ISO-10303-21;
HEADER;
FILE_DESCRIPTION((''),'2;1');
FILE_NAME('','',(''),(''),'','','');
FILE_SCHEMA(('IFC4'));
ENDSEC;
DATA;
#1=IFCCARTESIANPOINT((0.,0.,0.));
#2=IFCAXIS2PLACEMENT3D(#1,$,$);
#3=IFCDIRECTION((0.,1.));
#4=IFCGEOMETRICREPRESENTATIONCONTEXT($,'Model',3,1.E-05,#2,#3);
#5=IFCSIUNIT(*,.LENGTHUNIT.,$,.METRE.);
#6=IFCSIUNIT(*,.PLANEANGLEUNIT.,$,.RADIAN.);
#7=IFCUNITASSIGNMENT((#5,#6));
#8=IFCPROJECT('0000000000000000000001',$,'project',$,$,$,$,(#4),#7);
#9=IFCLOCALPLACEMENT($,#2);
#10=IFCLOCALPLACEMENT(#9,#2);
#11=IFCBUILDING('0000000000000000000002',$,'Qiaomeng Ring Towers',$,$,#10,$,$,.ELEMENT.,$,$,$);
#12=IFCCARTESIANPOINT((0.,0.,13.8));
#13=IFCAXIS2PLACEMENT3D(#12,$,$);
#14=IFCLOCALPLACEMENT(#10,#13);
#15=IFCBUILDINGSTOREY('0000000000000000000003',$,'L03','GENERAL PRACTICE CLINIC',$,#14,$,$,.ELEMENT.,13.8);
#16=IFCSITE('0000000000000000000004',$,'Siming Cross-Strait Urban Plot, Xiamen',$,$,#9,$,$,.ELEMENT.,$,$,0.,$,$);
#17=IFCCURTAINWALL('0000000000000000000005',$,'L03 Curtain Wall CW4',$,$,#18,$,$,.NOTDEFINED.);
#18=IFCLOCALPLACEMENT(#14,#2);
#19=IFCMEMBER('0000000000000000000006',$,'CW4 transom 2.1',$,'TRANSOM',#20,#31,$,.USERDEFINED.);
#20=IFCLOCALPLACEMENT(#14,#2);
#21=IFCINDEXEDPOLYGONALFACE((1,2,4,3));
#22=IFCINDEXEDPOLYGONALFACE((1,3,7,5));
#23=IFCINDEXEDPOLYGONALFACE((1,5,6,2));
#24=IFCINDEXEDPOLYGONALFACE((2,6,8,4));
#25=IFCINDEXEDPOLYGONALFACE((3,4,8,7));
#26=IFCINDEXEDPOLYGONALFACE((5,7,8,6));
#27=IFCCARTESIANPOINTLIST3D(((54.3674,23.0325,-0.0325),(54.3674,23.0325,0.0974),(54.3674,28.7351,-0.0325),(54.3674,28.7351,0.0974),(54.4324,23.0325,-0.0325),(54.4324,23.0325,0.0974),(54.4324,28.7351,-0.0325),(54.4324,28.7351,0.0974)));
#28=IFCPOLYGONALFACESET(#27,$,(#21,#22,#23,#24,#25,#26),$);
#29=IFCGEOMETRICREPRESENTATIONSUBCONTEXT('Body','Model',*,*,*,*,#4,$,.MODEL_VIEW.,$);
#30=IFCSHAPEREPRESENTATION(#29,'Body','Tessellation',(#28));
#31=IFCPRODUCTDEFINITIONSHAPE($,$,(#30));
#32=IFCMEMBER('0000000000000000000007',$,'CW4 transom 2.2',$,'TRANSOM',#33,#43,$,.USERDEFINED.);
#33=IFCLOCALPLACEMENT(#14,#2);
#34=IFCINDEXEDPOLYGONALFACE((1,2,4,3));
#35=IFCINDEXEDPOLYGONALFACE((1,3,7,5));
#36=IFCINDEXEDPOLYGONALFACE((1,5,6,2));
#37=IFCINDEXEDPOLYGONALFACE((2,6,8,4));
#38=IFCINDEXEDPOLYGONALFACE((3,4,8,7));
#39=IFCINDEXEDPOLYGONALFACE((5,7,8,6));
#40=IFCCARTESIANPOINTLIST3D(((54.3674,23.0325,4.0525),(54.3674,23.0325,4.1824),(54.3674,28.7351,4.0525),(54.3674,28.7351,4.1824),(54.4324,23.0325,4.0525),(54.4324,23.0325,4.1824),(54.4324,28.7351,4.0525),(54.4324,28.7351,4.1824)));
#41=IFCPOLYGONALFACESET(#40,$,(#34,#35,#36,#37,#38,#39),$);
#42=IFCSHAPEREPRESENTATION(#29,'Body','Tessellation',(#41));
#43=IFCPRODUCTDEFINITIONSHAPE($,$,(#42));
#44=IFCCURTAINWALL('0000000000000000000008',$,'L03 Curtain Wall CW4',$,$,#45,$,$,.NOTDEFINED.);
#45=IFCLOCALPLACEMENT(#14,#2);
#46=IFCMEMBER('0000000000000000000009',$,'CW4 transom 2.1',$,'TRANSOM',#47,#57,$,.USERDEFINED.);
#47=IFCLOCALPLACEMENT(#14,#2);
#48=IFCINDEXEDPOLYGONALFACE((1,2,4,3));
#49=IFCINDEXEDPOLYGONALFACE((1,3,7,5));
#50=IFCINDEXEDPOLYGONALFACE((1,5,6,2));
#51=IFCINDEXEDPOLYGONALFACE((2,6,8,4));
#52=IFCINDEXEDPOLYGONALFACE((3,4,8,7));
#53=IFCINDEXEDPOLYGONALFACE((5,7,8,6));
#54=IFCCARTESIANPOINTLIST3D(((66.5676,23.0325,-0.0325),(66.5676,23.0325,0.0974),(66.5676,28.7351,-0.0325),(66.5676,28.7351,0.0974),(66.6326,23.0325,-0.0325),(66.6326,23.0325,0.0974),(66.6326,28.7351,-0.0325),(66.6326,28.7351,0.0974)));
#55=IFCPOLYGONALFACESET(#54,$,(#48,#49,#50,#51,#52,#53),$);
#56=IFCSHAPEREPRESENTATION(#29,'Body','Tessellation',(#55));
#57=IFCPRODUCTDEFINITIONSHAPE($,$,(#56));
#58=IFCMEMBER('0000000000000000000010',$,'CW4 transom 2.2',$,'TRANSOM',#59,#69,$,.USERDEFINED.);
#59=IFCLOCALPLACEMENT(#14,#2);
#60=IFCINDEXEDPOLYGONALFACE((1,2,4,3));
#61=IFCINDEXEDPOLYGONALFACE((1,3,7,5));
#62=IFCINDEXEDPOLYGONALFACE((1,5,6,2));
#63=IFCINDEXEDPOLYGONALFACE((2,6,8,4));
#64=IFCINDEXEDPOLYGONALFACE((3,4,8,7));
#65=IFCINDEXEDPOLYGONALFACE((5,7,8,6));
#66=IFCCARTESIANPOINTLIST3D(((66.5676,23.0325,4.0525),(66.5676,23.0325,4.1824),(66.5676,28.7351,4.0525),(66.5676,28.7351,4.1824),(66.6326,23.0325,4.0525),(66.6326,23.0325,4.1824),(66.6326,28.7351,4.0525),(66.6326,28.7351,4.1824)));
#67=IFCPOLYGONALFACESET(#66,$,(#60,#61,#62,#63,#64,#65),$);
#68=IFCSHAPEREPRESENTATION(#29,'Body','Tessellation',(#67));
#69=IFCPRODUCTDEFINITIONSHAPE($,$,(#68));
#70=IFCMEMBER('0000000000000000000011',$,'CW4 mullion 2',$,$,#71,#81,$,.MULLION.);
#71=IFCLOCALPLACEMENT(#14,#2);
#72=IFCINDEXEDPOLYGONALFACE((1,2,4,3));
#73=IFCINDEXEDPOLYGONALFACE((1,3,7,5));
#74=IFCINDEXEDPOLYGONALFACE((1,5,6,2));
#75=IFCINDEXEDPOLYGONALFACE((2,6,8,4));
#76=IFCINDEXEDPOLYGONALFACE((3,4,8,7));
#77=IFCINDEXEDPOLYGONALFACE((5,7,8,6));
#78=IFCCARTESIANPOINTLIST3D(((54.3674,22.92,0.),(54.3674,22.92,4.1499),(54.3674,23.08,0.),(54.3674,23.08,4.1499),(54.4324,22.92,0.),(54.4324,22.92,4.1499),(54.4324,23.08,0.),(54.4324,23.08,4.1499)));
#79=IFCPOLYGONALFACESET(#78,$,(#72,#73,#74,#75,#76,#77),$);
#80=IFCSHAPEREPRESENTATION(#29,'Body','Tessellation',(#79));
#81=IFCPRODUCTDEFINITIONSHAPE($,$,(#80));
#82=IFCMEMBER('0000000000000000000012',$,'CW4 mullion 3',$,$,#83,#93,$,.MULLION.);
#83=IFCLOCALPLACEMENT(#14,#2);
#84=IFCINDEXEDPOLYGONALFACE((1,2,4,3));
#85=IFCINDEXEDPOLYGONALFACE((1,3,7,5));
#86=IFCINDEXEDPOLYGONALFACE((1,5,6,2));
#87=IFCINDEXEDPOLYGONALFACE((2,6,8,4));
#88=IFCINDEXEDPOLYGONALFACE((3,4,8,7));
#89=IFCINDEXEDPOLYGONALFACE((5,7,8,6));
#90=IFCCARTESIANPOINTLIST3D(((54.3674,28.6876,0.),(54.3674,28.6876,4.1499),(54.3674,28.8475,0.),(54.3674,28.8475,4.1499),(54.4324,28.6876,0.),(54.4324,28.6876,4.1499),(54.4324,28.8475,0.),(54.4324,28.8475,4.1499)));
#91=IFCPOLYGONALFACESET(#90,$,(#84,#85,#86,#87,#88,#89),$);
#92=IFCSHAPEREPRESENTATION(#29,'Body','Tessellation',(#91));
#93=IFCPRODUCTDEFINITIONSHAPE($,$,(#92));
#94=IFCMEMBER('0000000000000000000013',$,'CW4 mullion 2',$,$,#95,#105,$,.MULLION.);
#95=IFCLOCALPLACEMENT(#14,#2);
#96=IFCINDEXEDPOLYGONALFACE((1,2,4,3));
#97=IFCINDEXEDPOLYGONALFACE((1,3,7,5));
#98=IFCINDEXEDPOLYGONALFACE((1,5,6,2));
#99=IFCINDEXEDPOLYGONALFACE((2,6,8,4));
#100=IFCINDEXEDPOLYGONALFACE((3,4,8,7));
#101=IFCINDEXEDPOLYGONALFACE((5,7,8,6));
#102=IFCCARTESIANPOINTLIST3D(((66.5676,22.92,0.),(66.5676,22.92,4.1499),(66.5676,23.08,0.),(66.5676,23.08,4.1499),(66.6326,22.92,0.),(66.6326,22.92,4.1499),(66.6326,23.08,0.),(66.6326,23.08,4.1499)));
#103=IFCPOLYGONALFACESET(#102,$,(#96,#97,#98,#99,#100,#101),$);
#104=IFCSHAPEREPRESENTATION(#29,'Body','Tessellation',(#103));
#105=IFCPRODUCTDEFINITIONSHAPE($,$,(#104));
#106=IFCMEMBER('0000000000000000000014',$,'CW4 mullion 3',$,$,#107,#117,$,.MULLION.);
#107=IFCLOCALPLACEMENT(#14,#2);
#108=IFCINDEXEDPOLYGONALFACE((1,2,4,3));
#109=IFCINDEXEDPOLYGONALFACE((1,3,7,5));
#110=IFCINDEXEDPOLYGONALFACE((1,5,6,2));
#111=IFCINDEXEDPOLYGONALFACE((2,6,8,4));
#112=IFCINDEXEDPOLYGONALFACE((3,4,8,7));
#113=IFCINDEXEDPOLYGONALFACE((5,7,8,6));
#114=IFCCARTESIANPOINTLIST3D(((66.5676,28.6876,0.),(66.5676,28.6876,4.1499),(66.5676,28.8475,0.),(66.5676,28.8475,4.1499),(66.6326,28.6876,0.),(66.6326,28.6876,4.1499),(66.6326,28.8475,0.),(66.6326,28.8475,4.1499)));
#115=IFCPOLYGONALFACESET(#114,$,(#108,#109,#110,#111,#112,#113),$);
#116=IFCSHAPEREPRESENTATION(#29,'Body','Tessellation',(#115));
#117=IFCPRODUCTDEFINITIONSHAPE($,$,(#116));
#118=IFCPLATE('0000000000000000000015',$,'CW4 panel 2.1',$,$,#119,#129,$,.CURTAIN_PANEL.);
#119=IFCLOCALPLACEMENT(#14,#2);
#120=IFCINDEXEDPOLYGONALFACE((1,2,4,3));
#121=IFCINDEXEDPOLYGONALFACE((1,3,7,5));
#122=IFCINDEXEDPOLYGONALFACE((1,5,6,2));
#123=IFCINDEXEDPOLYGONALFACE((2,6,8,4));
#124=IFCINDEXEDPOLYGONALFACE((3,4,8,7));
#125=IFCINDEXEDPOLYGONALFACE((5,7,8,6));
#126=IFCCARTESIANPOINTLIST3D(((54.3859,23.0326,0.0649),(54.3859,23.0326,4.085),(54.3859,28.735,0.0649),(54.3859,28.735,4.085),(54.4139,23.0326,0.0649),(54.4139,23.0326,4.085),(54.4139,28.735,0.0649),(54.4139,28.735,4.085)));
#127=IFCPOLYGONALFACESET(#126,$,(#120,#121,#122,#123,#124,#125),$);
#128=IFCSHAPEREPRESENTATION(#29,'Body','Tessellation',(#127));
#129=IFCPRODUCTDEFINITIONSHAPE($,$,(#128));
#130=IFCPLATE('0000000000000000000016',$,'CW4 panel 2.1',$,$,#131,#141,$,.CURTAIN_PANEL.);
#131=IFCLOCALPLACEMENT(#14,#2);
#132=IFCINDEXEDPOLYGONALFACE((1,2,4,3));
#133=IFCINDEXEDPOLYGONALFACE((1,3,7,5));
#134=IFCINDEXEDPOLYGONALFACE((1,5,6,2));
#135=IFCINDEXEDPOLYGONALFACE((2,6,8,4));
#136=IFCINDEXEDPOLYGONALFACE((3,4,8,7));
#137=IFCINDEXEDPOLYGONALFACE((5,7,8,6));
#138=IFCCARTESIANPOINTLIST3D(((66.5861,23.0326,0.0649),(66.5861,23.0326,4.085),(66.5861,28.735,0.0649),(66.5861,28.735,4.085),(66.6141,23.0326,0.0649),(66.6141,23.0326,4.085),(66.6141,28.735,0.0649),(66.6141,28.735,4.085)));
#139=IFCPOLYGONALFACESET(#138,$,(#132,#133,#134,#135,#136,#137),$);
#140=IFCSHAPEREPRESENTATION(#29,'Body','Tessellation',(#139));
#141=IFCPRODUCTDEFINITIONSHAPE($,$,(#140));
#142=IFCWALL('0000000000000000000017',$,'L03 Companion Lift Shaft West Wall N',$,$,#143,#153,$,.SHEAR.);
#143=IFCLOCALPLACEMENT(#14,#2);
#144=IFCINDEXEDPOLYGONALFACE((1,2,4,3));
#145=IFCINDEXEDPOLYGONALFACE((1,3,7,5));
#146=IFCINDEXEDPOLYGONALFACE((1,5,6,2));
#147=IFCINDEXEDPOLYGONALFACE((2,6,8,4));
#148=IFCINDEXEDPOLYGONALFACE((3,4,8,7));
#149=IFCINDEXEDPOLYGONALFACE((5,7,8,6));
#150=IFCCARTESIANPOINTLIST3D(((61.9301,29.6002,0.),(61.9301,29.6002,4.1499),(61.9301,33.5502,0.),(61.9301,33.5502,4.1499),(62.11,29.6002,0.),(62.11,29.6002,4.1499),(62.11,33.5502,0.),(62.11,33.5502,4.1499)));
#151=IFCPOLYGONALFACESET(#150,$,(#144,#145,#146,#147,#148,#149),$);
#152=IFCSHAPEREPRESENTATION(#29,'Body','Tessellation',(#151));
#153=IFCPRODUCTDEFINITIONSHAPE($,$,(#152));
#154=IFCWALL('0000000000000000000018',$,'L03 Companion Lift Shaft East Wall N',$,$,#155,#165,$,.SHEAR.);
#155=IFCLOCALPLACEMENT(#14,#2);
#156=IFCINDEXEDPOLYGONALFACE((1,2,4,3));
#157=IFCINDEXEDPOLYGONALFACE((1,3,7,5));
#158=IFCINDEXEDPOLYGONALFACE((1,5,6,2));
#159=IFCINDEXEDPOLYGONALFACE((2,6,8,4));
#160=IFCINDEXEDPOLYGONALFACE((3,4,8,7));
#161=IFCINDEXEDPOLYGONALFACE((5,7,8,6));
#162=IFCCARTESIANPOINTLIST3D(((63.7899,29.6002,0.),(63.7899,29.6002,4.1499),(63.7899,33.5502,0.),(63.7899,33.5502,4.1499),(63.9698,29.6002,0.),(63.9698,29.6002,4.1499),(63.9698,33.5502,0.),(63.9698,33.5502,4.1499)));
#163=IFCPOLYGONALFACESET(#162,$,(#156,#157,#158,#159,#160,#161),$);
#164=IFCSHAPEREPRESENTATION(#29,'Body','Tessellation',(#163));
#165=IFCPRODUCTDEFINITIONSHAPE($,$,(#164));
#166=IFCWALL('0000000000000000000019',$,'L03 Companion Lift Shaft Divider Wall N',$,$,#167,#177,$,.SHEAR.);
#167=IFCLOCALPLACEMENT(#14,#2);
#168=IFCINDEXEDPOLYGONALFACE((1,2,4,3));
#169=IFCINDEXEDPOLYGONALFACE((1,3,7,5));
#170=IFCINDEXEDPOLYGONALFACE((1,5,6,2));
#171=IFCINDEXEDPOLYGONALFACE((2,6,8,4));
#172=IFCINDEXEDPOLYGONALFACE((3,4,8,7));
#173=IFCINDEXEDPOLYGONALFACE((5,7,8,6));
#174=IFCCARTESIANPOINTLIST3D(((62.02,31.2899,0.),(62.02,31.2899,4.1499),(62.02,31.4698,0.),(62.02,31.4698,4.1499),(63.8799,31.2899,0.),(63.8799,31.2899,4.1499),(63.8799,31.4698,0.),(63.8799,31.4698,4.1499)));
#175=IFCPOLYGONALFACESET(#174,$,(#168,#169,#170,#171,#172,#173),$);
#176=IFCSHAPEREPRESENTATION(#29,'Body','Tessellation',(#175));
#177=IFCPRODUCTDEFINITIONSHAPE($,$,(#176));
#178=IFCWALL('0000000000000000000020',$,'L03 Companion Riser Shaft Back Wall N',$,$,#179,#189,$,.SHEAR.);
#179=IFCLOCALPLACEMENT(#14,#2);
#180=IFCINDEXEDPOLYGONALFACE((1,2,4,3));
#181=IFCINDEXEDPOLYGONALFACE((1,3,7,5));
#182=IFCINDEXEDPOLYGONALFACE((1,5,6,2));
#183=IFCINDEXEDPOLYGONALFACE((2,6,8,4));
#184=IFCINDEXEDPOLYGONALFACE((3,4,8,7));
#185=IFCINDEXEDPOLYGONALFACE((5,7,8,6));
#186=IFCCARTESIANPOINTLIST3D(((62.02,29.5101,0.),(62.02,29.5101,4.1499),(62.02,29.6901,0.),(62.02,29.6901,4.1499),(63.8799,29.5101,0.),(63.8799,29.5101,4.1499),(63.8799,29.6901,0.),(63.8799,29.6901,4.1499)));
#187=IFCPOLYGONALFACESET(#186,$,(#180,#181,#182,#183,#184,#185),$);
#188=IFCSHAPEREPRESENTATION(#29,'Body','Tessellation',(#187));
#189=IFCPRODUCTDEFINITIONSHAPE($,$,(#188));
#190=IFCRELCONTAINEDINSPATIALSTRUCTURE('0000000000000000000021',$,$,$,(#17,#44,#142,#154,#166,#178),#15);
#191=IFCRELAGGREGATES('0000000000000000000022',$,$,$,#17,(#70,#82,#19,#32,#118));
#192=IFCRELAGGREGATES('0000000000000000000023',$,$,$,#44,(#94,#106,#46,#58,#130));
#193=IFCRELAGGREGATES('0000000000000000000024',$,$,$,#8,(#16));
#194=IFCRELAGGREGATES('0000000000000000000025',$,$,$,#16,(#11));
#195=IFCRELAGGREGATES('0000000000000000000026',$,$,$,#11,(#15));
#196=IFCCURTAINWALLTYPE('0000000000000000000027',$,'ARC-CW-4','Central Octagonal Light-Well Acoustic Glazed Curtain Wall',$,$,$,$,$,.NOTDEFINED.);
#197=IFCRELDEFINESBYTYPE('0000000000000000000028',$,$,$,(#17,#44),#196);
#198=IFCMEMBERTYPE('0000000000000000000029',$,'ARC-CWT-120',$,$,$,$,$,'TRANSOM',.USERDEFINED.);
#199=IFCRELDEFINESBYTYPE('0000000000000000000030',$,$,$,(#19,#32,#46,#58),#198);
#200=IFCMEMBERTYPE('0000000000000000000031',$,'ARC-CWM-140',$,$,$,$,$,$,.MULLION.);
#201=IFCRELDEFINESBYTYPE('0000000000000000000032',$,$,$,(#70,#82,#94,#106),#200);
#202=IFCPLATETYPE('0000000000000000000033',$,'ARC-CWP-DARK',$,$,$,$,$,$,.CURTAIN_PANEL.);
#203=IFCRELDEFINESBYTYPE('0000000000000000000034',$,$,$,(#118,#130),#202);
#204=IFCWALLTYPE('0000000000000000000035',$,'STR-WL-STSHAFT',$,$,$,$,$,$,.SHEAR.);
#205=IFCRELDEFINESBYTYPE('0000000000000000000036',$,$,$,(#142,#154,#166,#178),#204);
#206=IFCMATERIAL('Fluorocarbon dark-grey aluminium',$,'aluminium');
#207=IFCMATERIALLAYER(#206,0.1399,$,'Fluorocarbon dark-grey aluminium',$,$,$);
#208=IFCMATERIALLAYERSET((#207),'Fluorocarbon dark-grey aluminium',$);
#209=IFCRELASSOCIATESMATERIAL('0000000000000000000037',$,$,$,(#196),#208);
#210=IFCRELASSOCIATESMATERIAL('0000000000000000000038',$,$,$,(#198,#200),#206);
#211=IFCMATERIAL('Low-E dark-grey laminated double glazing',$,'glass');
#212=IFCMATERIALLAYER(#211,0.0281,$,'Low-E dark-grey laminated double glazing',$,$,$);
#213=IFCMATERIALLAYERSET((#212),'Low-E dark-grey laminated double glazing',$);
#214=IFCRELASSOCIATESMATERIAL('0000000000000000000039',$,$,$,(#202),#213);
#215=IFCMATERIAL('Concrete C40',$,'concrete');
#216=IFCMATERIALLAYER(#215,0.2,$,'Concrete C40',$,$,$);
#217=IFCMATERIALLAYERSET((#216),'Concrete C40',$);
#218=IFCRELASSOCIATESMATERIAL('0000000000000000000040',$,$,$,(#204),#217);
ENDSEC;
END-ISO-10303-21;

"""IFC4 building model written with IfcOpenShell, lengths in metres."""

from ifc_helpers import new_model, si_unit, direction, frame, frame_2d, origin, origin_2d, place, context, subcontext, project, spatial, rectangle, extrude, source, transform, mapped, material, layer, layer_set, material_profile, profile_set, type_object, element, aggregate, save


model = new_model("IFC4")

# Units and contexts
model_context = context("Model", 3, precision=1e-05, world=origin(), true_north=direction((0.0, 1.0)))
body_context = subcontext(model_context, "Body", "Model", "MODEL_VIEW")
ifc_project = project(units=[si_unit("LENGTHUNIT", "METRE"), si_unit("PLANEANGLEUNIT", "RADIAN")], contexts=[model_context])

# Site, building, storey
site_placement = place(None, origin())
site = spatial("IfcSite", under=ifc_project, at=site_placement, Name="Siming Cross-Strait Urban Plot, Xiamen", CompositionType="ELEMENT", RefElevation=0.0)
building_placement = place(site_placement, origin())
building = spatial("IfcBuilding", under=site, at=building_placement, Name="Qiaomeng Ring Towers", CompositionType="ELEMENT")
storey_placement = place(building_placement, frame((0.0, 0.0, 13.8)))
storey = spatial("IfcBuildingStorey", under=building, at=storey_placement, Name="L03", Description="GENERAL PRACTICE CLINIC", CompositionType="ELEMENT", Elevation=13.8)

# Curtain walls, members
ifc_material_1 = material(Name="Fluorocarbon dark-grey aluminium", Category="aluminium")
ifc_layer_1 = layer(ifc_material_1, 0.1399, Name="Fluorocarbon dark-grey aluminium")
ifc_layer_set_1 = layer_set([ifc_layer_1], Name="Fluorocarbon dark-grey aluminium")
curtain_wall_type = type_object("IfcCurtainWallType", Name="ARC-CW-4", Description="Central Octagonal Light-Well Acoustic Glazed Curtain Wall", PredefinedType="NOTDEFINED", material=ifc_layer_set_1)
curtain_wall_1_placement = place(storey_placement, origin())
curtain_wall_1 = element("IfcCurtainWall", 1, at=curtain_wall_1_placement, inside=storey, type_object=curtain_wall_type, Name="L03 Curtain Wall CW4", PredefinedType="NOTDEFINED")
ifc_material_profile_1 = material_profile(ifc_material_1, rectangle(XDim=0.0649, YDim=0.1299, at=origin_2d()), Name="ALU TRAN 65x130")
ifc_profile_set_1 = profile_set([ifc_material_profile_1], Name="Fluorocarbon dark-grey aluminium")
member_type_1 = type_object("IfcMemberType", Name="ARC-CWT-120", ElementType="TRANSOM", PredefinedType="USERDEFINED", material=ifc_profile_set_1)
shared_shape_1 = source(origin(), body_context, "Body", "SweptSolid", [
    extrude(rectangle(XDim=0.0649, YDim=0.1299, at=origin_2d()), origin(), (0.0, 0.0, 1.0), 5.7026),
])
member_1_placement = place(storey_placement, frame((54.3999, 23.0325, 0.0325), z_axis=(0.0, 1.0, 0.0), x_axis=(-1.0, 0.0, 0.0)))
member_1 = element("IfcMember", 2, at=member_1_placement, type_object=member_type_1, Name="CW4 transom 2.1", ObjectType="TRANSOM", PredefinedType="USERDEFINED", context=body_context, shape_type="MappedRepresentation", body=[
    mapped(shared_shape_1, transform((0.0, 0.0, 0.0), x_axis=(1.0, 0.0, 0.0), y_axis=(0.0, 1.0, 0.0), z_axis=(0.0, 0.0, 1.0), scale=1.0)),
])
member_2_placement = place(storey_placement, frame((54.3999, 23.0325, 4.1174), z_axis=(0.0, 1.0, 0.0), x_axis=(-1.0, 0.0, 0.0)))
member_2 = element("IfcMember", 3, at=member_2_placement, type_object=member_type_1, Name="CW4 transom 2.2", ObjectType="TRANSOM", PredefinedType="USERDEFINED", context=body_context, shape_type="MappedRepresentation", body=[
    mapped(shared_shape_1, transform((0.0, 0.0, 0.0), x_axis=(1.0, 0.0, 0.0), y_axis=(0.0, 1.0, 0.0), z_axis=(0.0, 0.0, 1.0), scale=1.0)),
])
curtain_wall_2_placement = place(storey_placement, origin())
curtain_wall_2 = element("IfcCurtainWall", 4, at=curtain_wall_2_placement, inside=storey, type_object=curtain_wall_type, Name="L03 Curtain Wall CW4", PredefinedType="NOTDEFINED")
member_3_placement = place(storey_placement, frame((66.6001, 23.0325, 0.0325), z_axis=(0.0, 1.0, 0.0), x_axis=(-1.0, 0.0, 0.0)))
member_3 = element("IfcMember", 5, at=member_3_placement, type_object=member_type_1, Name="CW4 transom 2.1", ObjectType="TRANSOM", PredefinedType="USERDEFINED", context=body_context, shape_type="MappedRepresentation", body=[
    mapped(shared_shape_1, transform((0.0, 0.0, 0.0), x_axis=(1.0, 0.0, 0.0), y_axis=(0.0, 1.0, 0.0), z_axis=(0.0, 0.0, 1.0), scale=1.0)),
])
member_4_placement = place(storey_placement, frame((66.6001, 23.0325, 4.1174), z_axis=(0.0, 1.0, 0.0), x_axis=(-1.0, 0.0, 0.0)))
member_4 = element("IfcMember", 6, at=member_4_placement, type_object=member_type_1, Name="CW4 transom 2.2", ObjectType="TRANSOM", PredefinedType="USERDEFINED", context=body_context, shape_type="MappedRepresentation", body=[
    mapped(shared_shape_1, transform((0.0, 0.0, 0.0), x_axis=(1.0, 0.0, 0.0), y_axis=(0.0, 1.0, 0.0), z_axis=(0.0, 0.0, 1.0), scale=1.0)),
])

# Members
ifc_material_profile_2 = material_profile(ifc_material_1, rectangle(XDim=0.0649, YDim=0.1599, at=origin_2d()), Name="ALU MULL 65x160")
ifc_profile_set_2 = profile_set([ifc_material_profile_2], Name="Fluorocarbon dark-grey aluminium")
member_type_2 = type_object("IfcMemberType", Name="ARC-CWM-140", PredefinedType="MULLION", material=ifc_profile_set_2)
shared_shape_2 = source(origin(), body_context, "Body", "SweptSolid", [
    extrude(rectangle(XDim=0.0649, YDim=0.1599, at=origin_2d()), origin(), (0.0, 0.0, 1.0), 4.1499),
])
member_5_placement = place(storey_placement, frame((54.3999, 23.0, 0.0), z_axis=(0.0, 0.0, 1.0), x_axis=(-1.0, 0.0, 0.0)))
member_5 = element("IfcMember", 7, at=member_5_placement, type_object=member_type_2, Name="CW4 mullion 2", PredefinedType="MULLION", context=body_context, shape_type="MappedRepresentation", body=[
    mapped(shared_shape_2, transform((0.0, 0.0, 0.0), x_axis=(1.0, 0.0, 0.0), y_axis=(0.0, 1.0, 0.0), z_axis=(0.0, 0.0, 1.0), scale=1.0)),
])
member_6_placement = place(storey_placement, frame((54.3999, 28.7676, 0.0), z_axis=(0.0, 0.0, 1.0), x_axis=(-1.0, 0.0, 0.0)))
member_6 = element("IfcMember", 8, at=member_6_placement, type_object=member_type_2, Name="CW4 mullion 3", PredefinedType="MULLION", context=body_context, shape_type="MappedRepresentation", body=[
    mapped(shared_shape_2, transform((0.0, 0.0, 0.0), x_axis=(1.0, 0.0, 0.0), y_axis=(0.0, 1.0, 0.0), z_axis=(0.0, 0.0, 1.0), scale=1.0)),
])
member_7_placement = place(storey_placement, frame((66.6001, 23.0, 0.0), z_axis=(0.0, 0.0, 1.0), x_axis=(-1.0, 0.0, 0.0)))
member_7 = element("IfcMember", 9, at=member_7_placement, type_object=member_type_2, Name="CW4 mullion 2", PredefinedType="MULLION", context=body_context, shape_type="MappedRepresentation", body=[
    mapped(shared_shape_2, transform((0.0, 0.0, 0.0), x_axis=(1.0, 0.0, 0.0), y_axis=(0.0, 1.0, 0.0), z_axis=(0.0, 0.0, 1.0), scale=1.0)),
])
member_8_placement = place(storey_placement, frame((66.6001, 28.7676, 0.0), z_axis=(0.0, 0.0, 1.0), x_axis=(-1.0, 0.0, 0.0)))
member_8 = element("IfcMember", 10, at=member_8_placement, type_object=member_type_2, Name="CW4 mullion 3", PredefinedType="MULLION", context=body_context, shape_type="MappedRepresentation", body=[
    mapped(shared_shape_2, transform((0.0, 0.0, 0.0), x_axis=(1.0, 0.0, 0.0), y_axis=(0.0, 1.0, 0.0), z_axis=(0.0, 0.0, 1.0), scale=1.0)),
])

# Plates
ifc_material_2 = material(Name="Low-E dark-grey laminated double glazing", Category="glass")
ifc_layer_2 = layer(ifc_material_2, 0.0281, Name="Low-E dark-grey laminated double glazing")
ifc_layer_set_2 = layer_set([ifc_layer_2], Name="Low-E dark-grey laminated double glazing")
plate_type = type_object("IfcPlateType", Name="ARC-CWP-DARK", PredefinedType="CURTAIN_PANEL", material=ifc_layer_set_2)
shared_shape_3 = source(origin(), body_context, "Body", "SweptSolid", [
    extrude(rectangle(XDim=5.7024, YDim=0.0281, at=origin_2d()), origin(), (0.0, 0.0, 1.0), 4.02),
])
plate_1_placement = place(storey_placement, frame((54.3999, 25.8838, 0.0649), z_axis=(0.0, 0.0, 1.0), x_axis=(0.0, 1.0, 0.0)))
plate_1 = element("IfcPlate", 11, at=plate_1_placement, type_object=plate_type, Name="CW4 panel 2.1", PredefinedType="CURTAIN_PANEL", context=body_context, shape_type="MappedRepresentation", body=[
    mapped(shared_shape_3, transform((0.0, 0.0, 0.0), x_axis=(1.0, 0.0, 0.0), y_axis=(0.0, 1.0, 0.0), z_axis=(0.0, 0.0, 1.0), scale=1.0)),
])
aggregate(curtain_wall_1, [member_5, member_6, member_1, member_2, plate_1])
plate_2_placement = place(storey_placement, frame((66.6001, 25.8838, 0.0649), z_axis=(0.0, 0.0, 1.0), x_axis=(0.0, 1.0, 0.0)))
plate_2 = element("IfcPlate", 12, at=plate_2_placement, type_object=plate_type, Name="CW4 panel 2.1", PredefinedType="CURTAIN_PANEL", context=body_context, shape_type="MappedRepresentation", body=[
    mapped(shared_shape_3, transform((0.0, 0.0, 0.0), x_axis=(1.0, 0.0, 0.0), y_axis=(0.0, 1.0, 0.0), z_axis=(0.0, 0.0, 1.0), scale=1.0)),
])
aggregate(curtain_wall_2, [member_7, member_8, member_3, member_4, plate_2])

# Walls
ifc_material_3 = material(Name="Concrete C40", Category="concrete")
ifc_layer_3 = layer(ifc_material_3, 0.2, Name="Concrete C40")
ifc_layer_set_3 = layer_set([ifc_layer_3], Name="Concrete C40")
wall_type_1 = type_object("IfcWallType", Name="STR-WL-STSHAFT", PredefinedType="SHEAR", material=ifc_layer_set_3)
for number, where, z_axis, x_axis, name in (
    (13, (62.02, 29.6001, 0.0), (0.0, 0.0, 1.0), (0.0, 1.0, 0.0), "L03 Companion Lift Shaft West Wall N"),
    (14, (63.8799, 29.6001, 0.0), (0.0, 0.0, 1.0), (0.0, 1.0, 0.0), "L03 Companion Lift Shaft East Wall N"),
):
    element("IfcWall", number, at=place(storey_placement, frame(where, z_axis=z_axis, x_axis=x_axis)), inside=storey, type_object=wall_type_1, Name=name, PredefinedType="SHEAR", context=body_context, shape_type="SweptSolid", body=[
        extrude(rectangle(XDim=3.95, YDim=0.1799, at=frame_2d((1.9751, 0.0))), origin(), (0.0, 0.0, 1.0), 4.1499),
    ])
for number, where, z_axis, x_axis, name in (
    (15, (62.02, 31.3799, 0.0), (0.0, 0.0, 1.0), (1.0, 0.0, 0.0), "L03 Companion Lift Shaft Divider Wall N"),
    (16, (62.02, 29.6001, 0.0), (0.0, 0.0, 1.0), (1.0, 0.0, 0.0), "L03 Companion Riser Shaft Back Wall N"),
):
    element("IfcWall", number, at=place(storey_placement, frame(where, z_axis=z_axis, x_axis=x_axis)), inside=storey, type_object=wall_type_1, Name=name, PredefinedType="SHEAR", context=body_context, shape_type="SweptSolid", body=[
        extrude(rectangle(XDim=1.8599, YDim=0.1799, at=frame_2d((0.9299, 0.0))), origin(), (0.0, 0.0, 1.0), 4.1499),
    ])

save(model, "model.ifc")
